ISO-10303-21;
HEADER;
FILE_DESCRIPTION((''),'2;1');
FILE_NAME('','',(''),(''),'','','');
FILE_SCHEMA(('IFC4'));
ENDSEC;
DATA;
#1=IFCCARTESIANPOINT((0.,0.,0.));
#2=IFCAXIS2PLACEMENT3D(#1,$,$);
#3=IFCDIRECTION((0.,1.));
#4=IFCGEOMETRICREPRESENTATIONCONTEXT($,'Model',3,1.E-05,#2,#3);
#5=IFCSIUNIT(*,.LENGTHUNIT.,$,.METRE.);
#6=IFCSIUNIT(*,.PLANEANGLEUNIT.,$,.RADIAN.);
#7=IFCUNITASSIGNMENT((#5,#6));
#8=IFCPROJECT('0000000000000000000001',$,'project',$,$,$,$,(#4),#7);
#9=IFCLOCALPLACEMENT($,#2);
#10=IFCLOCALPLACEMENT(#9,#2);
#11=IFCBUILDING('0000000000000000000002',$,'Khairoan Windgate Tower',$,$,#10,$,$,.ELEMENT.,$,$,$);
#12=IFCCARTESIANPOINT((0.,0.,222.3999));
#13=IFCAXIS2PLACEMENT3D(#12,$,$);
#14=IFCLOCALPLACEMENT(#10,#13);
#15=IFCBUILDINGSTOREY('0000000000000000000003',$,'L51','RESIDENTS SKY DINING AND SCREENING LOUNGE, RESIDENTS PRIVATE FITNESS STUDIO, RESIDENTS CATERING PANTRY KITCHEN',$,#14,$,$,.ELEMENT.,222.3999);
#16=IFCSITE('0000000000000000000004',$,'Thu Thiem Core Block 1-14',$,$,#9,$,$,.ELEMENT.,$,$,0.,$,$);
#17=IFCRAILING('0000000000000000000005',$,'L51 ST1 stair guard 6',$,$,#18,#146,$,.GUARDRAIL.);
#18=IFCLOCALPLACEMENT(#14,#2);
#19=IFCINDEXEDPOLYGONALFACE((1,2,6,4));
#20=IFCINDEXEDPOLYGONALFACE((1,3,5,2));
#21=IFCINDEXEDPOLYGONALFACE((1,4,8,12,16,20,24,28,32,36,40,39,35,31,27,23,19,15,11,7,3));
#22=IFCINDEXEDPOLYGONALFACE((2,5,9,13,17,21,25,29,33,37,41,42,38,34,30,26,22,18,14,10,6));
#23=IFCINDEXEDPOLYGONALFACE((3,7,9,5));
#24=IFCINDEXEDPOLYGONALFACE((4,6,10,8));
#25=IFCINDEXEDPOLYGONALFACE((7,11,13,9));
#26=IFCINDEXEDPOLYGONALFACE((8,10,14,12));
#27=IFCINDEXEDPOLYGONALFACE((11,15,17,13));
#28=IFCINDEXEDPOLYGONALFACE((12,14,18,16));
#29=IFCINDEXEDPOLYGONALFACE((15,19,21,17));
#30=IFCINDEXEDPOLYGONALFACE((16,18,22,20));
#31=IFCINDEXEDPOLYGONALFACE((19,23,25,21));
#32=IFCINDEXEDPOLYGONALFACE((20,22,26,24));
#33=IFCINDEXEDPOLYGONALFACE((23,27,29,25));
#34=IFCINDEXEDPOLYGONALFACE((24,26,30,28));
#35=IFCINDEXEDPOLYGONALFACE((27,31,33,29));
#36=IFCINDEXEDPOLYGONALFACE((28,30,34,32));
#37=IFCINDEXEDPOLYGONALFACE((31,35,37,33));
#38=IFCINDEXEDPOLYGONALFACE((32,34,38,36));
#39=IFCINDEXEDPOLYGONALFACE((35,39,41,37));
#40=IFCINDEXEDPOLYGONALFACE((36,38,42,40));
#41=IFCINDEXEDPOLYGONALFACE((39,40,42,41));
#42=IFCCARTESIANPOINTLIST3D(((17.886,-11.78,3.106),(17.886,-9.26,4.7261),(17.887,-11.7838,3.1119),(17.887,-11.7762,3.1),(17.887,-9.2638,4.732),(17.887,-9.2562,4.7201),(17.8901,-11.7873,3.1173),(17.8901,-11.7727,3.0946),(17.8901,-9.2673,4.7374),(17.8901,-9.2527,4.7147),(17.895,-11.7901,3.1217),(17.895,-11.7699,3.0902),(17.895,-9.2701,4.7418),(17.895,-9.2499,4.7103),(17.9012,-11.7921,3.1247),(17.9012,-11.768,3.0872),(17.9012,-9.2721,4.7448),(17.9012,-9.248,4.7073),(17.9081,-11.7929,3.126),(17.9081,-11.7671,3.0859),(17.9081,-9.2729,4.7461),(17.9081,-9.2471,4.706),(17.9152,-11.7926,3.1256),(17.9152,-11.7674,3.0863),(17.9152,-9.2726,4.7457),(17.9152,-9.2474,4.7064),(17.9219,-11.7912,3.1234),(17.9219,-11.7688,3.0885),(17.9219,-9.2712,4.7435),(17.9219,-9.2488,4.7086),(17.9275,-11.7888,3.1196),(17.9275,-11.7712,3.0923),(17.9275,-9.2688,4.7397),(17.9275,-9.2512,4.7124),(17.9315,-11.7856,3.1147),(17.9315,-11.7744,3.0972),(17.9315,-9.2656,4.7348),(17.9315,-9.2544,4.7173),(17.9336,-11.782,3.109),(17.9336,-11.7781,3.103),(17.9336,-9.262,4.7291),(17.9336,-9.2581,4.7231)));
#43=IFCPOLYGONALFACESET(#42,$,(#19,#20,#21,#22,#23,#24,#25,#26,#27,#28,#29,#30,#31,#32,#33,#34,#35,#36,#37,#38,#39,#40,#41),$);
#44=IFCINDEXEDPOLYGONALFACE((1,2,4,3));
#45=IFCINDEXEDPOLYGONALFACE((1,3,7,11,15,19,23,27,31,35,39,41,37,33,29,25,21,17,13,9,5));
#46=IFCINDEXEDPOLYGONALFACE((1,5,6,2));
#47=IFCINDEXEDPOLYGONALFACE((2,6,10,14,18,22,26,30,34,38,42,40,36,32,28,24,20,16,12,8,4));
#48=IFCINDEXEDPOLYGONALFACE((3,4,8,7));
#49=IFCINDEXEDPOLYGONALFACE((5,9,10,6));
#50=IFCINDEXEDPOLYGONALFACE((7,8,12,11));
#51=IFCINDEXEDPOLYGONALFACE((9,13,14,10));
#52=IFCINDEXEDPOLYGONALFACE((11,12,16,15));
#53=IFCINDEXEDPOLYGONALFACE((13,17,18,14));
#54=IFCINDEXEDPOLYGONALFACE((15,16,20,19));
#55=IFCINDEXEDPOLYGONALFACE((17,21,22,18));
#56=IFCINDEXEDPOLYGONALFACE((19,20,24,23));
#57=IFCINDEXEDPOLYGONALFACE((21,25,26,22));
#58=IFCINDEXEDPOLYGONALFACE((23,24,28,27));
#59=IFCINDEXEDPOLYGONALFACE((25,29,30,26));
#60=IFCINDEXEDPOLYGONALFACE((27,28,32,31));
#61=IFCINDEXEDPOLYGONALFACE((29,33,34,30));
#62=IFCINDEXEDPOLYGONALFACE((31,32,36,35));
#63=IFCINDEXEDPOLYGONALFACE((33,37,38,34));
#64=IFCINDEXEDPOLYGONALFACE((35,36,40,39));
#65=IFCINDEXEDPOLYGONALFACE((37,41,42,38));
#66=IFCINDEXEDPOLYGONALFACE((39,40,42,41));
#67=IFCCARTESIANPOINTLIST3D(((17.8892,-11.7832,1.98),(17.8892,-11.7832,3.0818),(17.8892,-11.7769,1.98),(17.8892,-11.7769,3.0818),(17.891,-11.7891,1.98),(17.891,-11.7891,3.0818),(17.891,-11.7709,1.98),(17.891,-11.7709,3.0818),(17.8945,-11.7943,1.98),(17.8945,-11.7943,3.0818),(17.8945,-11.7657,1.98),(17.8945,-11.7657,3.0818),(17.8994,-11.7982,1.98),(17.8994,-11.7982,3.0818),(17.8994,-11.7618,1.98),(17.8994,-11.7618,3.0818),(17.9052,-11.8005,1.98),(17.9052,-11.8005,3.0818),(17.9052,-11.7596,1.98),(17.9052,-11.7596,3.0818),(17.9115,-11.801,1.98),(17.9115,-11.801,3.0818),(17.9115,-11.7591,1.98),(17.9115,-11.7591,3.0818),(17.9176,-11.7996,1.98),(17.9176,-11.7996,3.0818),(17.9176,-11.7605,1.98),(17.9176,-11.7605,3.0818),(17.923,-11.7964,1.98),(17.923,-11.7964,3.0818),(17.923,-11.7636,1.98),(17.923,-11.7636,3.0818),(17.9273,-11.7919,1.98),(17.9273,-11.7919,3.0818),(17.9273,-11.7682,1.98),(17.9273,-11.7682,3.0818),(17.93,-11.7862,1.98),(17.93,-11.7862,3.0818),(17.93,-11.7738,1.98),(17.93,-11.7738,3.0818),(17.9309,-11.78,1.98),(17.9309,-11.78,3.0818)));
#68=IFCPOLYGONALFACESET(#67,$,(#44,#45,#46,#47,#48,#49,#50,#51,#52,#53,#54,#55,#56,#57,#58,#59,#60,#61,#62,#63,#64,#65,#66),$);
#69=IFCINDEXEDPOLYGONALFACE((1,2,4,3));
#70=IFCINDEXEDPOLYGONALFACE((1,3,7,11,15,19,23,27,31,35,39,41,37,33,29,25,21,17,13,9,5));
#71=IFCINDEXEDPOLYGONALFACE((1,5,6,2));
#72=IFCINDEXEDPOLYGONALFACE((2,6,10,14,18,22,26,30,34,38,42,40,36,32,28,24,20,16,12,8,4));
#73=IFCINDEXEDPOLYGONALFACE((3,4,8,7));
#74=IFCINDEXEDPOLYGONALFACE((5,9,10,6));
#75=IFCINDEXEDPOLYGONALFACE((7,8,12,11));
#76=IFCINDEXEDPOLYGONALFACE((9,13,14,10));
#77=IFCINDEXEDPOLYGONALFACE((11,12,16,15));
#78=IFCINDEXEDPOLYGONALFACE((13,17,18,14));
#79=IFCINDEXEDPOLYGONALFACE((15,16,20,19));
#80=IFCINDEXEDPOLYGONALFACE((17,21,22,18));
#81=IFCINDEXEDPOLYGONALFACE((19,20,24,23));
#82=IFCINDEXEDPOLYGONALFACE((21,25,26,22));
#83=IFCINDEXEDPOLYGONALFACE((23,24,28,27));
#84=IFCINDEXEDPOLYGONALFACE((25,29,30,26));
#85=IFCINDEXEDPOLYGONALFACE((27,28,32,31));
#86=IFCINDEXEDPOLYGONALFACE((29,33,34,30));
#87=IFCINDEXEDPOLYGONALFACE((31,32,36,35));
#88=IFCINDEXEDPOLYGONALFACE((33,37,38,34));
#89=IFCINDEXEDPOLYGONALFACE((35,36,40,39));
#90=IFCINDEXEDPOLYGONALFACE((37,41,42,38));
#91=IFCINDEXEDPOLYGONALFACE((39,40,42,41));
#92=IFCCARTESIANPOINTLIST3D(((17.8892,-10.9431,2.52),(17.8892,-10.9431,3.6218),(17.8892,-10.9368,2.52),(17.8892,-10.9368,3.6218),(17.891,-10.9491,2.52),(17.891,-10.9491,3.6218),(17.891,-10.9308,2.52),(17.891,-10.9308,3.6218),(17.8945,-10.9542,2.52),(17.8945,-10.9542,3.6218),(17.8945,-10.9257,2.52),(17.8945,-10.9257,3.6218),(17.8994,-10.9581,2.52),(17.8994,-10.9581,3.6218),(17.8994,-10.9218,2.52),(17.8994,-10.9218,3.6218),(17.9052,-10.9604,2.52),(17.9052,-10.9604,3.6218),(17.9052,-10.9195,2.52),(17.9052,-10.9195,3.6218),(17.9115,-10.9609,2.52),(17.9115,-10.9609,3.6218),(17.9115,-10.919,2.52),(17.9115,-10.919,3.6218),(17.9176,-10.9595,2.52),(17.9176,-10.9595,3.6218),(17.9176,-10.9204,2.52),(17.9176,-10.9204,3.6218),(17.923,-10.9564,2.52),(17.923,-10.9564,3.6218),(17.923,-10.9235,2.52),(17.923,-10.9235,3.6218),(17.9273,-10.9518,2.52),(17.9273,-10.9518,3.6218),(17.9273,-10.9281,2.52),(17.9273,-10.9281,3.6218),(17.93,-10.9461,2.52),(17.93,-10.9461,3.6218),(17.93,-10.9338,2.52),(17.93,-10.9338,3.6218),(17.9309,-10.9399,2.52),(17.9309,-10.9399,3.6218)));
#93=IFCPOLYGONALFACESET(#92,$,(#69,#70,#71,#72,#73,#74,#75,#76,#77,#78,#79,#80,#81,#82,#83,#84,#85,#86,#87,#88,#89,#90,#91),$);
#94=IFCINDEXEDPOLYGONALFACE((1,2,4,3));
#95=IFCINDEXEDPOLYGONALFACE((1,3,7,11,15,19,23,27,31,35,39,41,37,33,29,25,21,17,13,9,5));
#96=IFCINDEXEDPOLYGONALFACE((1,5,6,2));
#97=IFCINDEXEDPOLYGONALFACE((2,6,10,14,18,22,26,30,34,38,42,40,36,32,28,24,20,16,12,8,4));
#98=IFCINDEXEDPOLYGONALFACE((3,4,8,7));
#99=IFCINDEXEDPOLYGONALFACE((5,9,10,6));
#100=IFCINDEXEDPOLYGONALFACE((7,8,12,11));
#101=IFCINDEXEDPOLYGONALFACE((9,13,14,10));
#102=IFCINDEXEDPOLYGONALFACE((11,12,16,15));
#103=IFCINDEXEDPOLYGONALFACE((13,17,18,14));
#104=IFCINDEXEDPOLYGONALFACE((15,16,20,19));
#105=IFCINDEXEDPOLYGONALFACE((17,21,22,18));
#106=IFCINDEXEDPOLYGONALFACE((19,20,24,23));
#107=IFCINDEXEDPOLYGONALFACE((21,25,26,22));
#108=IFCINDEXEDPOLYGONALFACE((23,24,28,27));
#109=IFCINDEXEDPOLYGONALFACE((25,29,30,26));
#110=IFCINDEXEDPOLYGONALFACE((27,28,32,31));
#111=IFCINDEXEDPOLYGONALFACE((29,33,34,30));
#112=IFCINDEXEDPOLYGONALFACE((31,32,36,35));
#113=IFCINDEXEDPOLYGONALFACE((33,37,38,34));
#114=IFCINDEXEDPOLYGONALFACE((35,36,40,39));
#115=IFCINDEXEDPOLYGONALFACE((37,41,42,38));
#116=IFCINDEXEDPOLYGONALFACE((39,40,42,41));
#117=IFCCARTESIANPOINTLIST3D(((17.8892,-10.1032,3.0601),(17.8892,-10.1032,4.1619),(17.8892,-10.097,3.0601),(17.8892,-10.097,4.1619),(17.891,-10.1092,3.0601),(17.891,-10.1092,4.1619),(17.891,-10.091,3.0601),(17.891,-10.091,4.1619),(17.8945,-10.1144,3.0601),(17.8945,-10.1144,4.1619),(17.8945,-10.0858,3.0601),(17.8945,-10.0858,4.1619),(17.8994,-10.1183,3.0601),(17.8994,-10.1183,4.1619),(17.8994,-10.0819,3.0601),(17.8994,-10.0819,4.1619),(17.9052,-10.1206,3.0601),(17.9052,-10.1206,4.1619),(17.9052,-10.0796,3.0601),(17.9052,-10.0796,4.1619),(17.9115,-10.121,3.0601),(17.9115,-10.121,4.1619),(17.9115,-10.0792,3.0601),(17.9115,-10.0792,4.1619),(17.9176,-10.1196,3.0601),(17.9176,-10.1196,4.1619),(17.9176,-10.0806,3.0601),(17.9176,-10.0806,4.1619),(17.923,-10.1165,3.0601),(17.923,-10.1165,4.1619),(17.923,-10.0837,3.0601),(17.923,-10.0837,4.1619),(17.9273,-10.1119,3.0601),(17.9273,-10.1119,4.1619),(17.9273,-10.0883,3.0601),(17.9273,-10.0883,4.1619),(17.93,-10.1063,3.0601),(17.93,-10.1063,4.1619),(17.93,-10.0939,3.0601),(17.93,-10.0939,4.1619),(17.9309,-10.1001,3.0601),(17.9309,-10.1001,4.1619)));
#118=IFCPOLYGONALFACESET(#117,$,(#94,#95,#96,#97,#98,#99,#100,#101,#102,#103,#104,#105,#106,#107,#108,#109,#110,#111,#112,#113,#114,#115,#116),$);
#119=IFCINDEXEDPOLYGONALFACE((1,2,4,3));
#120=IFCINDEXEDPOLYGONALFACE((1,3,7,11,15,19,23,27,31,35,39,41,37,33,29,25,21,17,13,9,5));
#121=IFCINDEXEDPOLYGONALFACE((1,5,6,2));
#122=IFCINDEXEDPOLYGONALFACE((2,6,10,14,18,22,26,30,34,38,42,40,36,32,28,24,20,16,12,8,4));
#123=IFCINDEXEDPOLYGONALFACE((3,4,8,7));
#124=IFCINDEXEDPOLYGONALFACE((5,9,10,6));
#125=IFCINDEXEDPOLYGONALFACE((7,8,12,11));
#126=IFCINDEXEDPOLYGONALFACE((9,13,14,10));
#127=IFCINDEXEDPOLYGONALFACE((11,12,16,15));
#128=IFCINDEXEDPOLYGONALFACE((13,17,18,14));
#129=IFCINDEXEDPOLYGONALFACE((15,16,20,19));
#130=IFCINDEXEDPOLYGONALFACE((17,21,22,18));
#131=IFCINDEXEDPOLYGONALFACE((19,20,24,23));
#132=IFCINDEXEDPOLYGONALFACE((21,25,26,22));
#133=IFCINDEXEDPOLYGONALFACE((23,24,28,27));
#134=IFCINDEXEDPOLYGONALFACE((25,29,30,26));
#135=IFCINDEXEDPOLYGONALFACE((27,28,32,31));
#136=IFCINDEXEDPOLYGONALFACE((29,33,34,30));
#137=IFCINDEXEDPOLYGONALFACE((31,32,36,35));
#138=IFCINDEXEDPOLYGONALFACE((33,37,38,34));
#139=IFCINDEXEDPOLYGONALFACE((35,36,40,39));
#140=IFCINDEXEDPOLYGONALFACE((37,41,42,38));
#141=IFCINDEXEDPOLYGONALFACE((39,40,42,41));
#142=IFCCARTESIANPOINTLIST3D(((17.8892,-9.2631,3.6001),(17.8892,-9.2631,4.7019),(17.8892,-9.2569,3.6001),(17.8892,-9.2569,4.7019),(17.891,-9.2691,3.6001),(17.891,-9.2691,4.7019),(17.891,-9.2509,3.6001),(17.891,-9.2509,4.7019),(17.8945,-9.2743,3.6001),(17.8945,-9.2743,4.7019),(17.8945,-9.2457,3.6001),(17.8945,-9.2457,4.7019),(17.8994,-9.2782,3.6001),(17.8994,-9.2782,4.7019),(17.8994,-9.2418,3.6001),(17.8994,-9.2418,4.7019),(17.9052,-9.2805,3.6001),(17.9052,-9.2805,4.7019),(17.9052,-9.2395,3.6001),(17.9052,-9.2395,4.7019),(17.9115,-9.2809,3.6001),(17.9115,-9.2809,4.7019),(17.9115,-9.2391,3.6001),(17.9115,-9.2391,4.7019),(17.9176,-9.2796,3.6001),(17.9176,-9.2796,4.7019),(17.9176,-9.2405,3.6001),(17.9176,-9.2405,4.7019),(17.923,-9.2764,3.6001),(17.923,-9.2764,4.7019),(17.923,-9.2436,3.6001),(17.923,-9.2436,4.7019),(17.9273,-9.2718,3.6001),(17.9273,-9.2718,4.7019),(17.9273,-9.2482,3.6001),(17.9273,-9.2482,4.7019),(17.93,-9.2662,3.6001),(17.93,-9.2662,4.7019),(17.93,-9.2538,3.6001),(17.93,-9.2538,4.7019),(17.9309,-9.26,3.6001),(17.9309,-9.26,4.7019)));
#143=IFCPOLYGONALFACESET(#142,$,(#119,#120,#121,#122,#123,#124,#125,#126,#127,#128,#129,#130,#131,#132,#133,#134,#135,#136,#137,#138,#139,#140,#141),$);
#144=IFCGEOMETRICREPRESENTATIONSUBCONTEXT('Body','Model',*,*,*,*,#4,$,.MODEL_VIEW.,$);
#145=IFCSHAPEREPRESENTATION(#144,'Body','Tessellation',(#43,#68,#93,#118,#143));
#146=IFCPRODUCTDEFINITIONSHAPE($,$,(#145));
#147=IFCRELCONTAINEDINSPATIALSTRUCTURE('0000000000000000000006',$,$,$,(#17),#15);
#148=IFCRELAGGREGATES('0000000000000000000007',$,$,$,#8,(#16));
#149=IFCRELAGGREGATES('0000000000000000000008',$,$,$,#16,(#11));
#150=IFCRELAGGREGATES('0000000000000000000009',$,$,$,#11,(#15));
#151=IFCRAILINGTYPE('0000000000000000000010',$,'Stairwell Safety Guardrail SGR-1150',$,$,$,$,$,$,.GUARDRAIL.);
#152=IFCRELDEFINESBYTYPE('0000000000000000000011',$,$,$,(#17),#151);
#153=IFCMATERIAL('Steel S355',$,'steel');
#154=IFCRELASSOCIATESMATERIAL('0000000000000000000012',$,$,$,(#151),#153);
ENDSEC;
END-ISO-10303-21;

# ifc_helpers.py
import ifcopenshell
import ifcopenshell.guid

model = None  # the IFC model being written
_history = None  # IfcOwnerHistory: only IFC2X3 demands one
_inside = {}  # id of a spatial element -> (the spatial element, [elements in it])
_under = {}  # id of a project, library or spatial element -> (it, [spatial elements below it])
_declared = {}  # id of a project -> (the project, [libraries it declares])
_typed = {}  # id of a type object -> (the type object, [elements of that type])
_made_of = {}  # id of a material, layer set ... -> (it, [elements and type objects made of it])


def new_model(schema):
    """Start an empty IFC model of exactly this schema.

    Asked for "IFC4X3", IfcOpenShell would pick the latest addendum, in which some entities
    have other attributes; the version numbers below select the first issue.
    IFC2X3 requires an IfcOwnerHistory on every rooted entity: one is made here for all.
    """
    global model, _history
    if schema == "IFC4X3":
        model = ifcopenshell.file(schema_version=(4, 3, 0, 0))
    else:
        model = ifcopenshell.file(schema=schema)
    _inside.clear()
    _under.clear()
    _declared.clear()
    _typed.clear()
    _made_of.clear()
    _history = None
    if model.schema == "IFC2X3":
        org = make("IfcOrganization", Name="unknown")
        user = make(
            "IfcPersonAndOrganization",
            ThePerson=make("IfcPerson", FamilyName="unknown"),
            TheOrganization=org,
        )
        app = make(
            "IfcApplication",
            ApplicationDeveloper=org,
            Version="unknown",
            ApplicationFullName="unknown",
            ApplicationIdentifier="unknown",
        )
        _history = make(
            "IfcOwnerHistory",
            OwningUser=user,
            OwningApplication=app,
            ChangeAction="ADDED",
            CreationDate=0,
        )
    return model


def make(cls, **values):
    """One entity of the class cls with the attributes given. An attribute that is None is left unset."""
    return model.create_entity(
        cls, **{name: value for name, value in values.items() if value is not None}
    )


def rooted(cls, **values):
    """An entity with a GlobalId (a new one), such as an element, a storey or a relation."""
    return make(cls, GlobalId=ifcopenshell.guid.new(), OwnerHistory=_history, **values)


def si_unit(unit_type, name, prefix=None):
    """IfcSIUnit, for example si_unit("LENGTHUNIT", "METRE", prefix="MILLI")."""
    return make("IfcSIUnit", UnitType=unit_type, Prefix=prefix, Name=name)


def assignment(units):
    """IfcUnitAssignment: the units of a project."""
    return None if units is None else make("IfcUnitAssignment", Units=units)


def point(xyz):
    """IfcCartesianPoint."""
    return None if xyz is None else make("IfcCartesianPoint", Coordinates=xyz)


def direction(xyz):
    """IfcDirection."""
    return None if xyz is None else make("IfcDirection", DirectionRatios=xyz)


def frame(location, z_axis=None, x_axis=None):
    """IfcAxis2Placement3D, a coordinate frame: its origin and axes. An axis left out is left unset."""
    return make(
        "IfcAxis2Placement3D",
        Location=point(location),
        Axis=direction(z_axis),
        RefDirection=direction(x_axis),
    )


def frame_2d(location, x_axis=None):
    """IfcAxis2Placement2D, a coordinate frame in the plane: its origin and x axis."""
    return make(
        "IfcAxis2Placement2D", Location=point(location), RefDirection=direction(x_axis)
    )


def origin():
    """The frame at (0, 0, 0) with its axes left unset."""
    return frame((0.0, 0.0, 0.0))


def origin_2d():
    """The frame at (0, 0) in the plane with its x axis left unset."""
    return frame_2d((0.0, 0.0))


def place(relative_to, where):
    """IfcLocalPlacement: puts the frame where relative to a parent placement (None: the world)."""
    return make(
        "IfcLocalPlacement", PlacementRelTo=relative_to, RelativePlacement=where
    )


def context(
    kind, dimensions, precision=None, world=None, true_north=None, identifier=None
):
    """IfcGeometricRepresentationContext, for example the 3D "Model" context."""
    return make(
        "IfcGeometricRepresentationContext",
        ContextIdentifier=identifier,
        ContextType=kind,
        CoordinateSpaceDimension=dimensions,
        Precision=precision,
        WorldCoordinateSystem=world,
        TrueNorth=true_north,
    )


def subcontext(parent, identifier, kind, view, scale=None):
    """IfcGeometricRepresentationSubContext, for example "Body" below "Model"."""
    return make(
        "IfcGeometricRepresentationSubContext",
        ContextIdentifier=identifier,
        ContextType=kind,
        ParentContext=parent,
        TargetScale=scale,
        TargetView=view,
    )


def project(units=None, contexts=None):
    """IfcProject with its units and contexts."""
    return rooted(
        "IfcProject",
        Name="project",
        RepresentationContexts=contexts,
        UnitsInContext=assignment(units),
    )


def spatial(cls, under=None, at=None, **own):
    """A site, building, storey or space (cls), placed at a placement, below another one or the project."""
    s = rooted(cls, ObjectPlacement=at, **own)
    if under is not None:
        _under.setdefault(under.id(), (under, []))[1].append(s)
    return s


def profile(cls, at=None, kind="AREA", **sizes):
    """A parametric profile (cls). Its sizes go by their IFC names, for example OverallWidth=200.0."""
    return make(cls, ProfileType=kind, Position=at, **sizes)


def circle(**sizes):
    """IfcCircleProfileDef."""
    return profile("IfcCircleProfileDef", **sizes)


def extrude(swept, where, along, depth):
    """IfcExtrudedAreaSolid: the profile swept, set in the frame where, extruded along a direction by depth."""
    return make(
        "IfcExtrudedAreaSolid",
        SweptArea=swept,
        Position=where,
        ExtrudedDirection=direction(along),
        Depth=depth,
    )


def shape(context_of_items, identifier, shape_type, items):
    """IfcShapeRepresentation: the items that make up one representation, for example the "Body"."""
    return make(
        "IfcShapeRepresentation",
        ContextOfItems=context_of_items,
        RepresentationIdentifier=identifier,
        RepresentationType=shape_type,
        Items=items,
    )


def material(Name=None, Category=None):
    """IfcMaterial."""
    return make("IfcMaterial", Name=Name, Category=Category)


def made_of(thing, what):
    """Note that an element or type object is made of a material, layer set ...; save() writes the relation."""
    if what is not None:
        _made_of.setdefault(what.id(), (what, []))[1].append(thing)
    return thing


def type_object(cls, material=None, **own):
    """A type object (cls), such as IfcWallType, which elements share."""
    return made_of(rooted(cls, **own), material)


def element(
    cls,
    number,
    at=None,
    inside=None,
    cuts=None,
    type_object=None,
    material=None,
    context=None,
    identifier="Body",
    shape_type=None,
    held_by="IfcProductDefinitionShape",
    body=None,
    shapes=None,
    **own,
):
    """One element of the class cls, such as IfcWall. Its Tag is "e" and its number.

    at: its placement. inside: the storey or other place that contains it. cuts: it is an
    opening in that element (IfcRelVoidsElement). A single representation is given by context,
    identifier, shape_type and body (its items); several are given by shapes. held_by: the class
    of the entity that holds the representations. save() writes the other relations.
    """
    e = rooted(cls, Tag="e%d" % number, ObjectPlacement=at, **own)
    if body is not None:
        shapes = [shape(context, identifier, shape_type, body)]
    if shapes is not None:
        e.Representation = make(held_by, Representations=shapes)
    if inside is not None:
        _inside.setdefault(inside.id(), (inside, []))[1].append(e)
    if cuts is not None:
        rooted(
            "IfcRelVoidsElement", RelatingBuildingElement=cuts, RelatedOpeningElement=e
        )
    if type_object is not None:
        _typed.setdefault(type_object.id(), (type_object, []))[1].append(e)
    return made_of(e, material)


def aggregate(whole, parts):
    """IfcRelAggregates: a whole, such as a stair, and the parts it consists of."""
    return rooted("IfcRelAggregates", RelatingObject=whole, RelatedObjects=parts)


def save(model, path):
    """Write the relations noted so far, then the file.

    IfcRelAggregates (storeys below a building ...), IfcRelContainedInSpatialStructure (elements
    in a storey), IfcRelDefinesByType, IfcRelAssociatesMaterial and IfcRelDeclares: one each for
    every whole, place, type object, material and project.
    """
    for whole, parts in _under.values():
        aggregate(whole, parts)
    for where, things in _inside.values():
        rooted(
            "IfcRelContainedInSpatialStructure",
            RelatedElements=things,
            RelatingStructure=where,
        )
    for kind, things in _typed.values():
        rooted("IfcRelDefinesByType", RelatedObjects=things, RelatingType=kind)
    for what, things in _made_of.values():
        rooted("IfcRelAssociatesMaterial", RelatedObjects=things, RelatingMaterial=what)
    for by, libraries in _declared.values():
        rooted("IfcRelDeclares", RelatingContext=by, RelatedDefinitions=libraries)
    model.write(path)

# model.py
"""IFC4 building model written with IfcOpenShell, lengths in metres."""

from ifc_helpers import new_model, si_unit, direction, frame, origin, origin_2d, place, context, subcontext, project, spatial, circle, extrude, material, type_object, element, save


model = new_model("IFC4")

# Units and contexts
model_context = context("Model", 3, precision=1e-05, world=origin(), true_north=direction((0.0, 1.0)))
body_context = subcontext(model_context, "Body", "Model", "MODEL_VIEW")
ifc_project = project(units=[si_unit("LENGTHUNIT", "METRE"), si_unit("PLANEANGLEUNIT", "RADIAN")], contexts=[model_context])

# Site, building, storey
site_placement = place(None, origin())
site = spatial("IfcSite", under=ifc_project, at=site_placement, Name="Thu Thiem Core Block 1-14", CompositionType="ELEMENT", RefElevation=0.0)
building_placement = place(site_placement, origin())
building = spatial("IfcBuilding", under=site, at=building_placement, Name="Khairoan Windgate Tower", CompositionType="ELEMENT")
storey_placement = place(building_placement, frame((0.0, 0.0, 222.3999)))
storey = spatial("IfcBuildingStorey", under=building, at=storey_placement, Name="L51", Description="RESIDENTS SKY DINING AND SCREENING LOUNGE, RESIDENTS PRIVATE FITNESS STUDIO, RESIDENTS CATERING PANTRY KITCHEN", CompositionType="ELEMENT", Elevation=222.3999)

# Railing
ifc_material_1 = material(Name="Steel S355", Category="steel")
railing_type_1 = type_object("IfcRailingType", Name="Stairwell Safety Guardrail SGR-1150", PredefinedType="GUARDRAIL", material=ifc_material_1)
railing_1_placement = place(storey_placement, frame((17.9099, -11.78, 1.98)))
element("IfcRailing", 1, at=railing_1_placement, inside=storey, type_object=railing_type_1, Name="L51 ST1 stair guard 6", PredefinedType="GUARDRAIL", context=body_context, shape_type="SweptSolid", body=[
    extrude(circle(Radius=0.0239, at=origin_2d()), frame((0.0, 0.0, 1.126), z_axis=(0.0, 0.841163, 0.540782), x_axis=(-1.0, 0.0, 0.0)), (0.0, 0.0, 1.0), 2.9958),
    extrude(circle(Radius=0.021, at=origin_2d()), origin(), (0.0, 0.0, 1.0), 1.1018),
    extrude(circle(Radius=0.021, at=origin_2d()), frame((0.0, 0.8401, 0.54)), (0.0, 0.0, 1.0), 1.1018),
    extrude(circle(Radius=0.021, at=origin_2d()), frame((0.0, 1.6799, 1.0801)), (0.0, 0.0, 1.0), 1.1018),
    extrude(circle(Radius=0.021, at=origin_2d()), frame((0.0, 2.52, 1.6201)), (0.0, 0.0, 1.0), 1.1018),
])

save(model, "model.ifc")
